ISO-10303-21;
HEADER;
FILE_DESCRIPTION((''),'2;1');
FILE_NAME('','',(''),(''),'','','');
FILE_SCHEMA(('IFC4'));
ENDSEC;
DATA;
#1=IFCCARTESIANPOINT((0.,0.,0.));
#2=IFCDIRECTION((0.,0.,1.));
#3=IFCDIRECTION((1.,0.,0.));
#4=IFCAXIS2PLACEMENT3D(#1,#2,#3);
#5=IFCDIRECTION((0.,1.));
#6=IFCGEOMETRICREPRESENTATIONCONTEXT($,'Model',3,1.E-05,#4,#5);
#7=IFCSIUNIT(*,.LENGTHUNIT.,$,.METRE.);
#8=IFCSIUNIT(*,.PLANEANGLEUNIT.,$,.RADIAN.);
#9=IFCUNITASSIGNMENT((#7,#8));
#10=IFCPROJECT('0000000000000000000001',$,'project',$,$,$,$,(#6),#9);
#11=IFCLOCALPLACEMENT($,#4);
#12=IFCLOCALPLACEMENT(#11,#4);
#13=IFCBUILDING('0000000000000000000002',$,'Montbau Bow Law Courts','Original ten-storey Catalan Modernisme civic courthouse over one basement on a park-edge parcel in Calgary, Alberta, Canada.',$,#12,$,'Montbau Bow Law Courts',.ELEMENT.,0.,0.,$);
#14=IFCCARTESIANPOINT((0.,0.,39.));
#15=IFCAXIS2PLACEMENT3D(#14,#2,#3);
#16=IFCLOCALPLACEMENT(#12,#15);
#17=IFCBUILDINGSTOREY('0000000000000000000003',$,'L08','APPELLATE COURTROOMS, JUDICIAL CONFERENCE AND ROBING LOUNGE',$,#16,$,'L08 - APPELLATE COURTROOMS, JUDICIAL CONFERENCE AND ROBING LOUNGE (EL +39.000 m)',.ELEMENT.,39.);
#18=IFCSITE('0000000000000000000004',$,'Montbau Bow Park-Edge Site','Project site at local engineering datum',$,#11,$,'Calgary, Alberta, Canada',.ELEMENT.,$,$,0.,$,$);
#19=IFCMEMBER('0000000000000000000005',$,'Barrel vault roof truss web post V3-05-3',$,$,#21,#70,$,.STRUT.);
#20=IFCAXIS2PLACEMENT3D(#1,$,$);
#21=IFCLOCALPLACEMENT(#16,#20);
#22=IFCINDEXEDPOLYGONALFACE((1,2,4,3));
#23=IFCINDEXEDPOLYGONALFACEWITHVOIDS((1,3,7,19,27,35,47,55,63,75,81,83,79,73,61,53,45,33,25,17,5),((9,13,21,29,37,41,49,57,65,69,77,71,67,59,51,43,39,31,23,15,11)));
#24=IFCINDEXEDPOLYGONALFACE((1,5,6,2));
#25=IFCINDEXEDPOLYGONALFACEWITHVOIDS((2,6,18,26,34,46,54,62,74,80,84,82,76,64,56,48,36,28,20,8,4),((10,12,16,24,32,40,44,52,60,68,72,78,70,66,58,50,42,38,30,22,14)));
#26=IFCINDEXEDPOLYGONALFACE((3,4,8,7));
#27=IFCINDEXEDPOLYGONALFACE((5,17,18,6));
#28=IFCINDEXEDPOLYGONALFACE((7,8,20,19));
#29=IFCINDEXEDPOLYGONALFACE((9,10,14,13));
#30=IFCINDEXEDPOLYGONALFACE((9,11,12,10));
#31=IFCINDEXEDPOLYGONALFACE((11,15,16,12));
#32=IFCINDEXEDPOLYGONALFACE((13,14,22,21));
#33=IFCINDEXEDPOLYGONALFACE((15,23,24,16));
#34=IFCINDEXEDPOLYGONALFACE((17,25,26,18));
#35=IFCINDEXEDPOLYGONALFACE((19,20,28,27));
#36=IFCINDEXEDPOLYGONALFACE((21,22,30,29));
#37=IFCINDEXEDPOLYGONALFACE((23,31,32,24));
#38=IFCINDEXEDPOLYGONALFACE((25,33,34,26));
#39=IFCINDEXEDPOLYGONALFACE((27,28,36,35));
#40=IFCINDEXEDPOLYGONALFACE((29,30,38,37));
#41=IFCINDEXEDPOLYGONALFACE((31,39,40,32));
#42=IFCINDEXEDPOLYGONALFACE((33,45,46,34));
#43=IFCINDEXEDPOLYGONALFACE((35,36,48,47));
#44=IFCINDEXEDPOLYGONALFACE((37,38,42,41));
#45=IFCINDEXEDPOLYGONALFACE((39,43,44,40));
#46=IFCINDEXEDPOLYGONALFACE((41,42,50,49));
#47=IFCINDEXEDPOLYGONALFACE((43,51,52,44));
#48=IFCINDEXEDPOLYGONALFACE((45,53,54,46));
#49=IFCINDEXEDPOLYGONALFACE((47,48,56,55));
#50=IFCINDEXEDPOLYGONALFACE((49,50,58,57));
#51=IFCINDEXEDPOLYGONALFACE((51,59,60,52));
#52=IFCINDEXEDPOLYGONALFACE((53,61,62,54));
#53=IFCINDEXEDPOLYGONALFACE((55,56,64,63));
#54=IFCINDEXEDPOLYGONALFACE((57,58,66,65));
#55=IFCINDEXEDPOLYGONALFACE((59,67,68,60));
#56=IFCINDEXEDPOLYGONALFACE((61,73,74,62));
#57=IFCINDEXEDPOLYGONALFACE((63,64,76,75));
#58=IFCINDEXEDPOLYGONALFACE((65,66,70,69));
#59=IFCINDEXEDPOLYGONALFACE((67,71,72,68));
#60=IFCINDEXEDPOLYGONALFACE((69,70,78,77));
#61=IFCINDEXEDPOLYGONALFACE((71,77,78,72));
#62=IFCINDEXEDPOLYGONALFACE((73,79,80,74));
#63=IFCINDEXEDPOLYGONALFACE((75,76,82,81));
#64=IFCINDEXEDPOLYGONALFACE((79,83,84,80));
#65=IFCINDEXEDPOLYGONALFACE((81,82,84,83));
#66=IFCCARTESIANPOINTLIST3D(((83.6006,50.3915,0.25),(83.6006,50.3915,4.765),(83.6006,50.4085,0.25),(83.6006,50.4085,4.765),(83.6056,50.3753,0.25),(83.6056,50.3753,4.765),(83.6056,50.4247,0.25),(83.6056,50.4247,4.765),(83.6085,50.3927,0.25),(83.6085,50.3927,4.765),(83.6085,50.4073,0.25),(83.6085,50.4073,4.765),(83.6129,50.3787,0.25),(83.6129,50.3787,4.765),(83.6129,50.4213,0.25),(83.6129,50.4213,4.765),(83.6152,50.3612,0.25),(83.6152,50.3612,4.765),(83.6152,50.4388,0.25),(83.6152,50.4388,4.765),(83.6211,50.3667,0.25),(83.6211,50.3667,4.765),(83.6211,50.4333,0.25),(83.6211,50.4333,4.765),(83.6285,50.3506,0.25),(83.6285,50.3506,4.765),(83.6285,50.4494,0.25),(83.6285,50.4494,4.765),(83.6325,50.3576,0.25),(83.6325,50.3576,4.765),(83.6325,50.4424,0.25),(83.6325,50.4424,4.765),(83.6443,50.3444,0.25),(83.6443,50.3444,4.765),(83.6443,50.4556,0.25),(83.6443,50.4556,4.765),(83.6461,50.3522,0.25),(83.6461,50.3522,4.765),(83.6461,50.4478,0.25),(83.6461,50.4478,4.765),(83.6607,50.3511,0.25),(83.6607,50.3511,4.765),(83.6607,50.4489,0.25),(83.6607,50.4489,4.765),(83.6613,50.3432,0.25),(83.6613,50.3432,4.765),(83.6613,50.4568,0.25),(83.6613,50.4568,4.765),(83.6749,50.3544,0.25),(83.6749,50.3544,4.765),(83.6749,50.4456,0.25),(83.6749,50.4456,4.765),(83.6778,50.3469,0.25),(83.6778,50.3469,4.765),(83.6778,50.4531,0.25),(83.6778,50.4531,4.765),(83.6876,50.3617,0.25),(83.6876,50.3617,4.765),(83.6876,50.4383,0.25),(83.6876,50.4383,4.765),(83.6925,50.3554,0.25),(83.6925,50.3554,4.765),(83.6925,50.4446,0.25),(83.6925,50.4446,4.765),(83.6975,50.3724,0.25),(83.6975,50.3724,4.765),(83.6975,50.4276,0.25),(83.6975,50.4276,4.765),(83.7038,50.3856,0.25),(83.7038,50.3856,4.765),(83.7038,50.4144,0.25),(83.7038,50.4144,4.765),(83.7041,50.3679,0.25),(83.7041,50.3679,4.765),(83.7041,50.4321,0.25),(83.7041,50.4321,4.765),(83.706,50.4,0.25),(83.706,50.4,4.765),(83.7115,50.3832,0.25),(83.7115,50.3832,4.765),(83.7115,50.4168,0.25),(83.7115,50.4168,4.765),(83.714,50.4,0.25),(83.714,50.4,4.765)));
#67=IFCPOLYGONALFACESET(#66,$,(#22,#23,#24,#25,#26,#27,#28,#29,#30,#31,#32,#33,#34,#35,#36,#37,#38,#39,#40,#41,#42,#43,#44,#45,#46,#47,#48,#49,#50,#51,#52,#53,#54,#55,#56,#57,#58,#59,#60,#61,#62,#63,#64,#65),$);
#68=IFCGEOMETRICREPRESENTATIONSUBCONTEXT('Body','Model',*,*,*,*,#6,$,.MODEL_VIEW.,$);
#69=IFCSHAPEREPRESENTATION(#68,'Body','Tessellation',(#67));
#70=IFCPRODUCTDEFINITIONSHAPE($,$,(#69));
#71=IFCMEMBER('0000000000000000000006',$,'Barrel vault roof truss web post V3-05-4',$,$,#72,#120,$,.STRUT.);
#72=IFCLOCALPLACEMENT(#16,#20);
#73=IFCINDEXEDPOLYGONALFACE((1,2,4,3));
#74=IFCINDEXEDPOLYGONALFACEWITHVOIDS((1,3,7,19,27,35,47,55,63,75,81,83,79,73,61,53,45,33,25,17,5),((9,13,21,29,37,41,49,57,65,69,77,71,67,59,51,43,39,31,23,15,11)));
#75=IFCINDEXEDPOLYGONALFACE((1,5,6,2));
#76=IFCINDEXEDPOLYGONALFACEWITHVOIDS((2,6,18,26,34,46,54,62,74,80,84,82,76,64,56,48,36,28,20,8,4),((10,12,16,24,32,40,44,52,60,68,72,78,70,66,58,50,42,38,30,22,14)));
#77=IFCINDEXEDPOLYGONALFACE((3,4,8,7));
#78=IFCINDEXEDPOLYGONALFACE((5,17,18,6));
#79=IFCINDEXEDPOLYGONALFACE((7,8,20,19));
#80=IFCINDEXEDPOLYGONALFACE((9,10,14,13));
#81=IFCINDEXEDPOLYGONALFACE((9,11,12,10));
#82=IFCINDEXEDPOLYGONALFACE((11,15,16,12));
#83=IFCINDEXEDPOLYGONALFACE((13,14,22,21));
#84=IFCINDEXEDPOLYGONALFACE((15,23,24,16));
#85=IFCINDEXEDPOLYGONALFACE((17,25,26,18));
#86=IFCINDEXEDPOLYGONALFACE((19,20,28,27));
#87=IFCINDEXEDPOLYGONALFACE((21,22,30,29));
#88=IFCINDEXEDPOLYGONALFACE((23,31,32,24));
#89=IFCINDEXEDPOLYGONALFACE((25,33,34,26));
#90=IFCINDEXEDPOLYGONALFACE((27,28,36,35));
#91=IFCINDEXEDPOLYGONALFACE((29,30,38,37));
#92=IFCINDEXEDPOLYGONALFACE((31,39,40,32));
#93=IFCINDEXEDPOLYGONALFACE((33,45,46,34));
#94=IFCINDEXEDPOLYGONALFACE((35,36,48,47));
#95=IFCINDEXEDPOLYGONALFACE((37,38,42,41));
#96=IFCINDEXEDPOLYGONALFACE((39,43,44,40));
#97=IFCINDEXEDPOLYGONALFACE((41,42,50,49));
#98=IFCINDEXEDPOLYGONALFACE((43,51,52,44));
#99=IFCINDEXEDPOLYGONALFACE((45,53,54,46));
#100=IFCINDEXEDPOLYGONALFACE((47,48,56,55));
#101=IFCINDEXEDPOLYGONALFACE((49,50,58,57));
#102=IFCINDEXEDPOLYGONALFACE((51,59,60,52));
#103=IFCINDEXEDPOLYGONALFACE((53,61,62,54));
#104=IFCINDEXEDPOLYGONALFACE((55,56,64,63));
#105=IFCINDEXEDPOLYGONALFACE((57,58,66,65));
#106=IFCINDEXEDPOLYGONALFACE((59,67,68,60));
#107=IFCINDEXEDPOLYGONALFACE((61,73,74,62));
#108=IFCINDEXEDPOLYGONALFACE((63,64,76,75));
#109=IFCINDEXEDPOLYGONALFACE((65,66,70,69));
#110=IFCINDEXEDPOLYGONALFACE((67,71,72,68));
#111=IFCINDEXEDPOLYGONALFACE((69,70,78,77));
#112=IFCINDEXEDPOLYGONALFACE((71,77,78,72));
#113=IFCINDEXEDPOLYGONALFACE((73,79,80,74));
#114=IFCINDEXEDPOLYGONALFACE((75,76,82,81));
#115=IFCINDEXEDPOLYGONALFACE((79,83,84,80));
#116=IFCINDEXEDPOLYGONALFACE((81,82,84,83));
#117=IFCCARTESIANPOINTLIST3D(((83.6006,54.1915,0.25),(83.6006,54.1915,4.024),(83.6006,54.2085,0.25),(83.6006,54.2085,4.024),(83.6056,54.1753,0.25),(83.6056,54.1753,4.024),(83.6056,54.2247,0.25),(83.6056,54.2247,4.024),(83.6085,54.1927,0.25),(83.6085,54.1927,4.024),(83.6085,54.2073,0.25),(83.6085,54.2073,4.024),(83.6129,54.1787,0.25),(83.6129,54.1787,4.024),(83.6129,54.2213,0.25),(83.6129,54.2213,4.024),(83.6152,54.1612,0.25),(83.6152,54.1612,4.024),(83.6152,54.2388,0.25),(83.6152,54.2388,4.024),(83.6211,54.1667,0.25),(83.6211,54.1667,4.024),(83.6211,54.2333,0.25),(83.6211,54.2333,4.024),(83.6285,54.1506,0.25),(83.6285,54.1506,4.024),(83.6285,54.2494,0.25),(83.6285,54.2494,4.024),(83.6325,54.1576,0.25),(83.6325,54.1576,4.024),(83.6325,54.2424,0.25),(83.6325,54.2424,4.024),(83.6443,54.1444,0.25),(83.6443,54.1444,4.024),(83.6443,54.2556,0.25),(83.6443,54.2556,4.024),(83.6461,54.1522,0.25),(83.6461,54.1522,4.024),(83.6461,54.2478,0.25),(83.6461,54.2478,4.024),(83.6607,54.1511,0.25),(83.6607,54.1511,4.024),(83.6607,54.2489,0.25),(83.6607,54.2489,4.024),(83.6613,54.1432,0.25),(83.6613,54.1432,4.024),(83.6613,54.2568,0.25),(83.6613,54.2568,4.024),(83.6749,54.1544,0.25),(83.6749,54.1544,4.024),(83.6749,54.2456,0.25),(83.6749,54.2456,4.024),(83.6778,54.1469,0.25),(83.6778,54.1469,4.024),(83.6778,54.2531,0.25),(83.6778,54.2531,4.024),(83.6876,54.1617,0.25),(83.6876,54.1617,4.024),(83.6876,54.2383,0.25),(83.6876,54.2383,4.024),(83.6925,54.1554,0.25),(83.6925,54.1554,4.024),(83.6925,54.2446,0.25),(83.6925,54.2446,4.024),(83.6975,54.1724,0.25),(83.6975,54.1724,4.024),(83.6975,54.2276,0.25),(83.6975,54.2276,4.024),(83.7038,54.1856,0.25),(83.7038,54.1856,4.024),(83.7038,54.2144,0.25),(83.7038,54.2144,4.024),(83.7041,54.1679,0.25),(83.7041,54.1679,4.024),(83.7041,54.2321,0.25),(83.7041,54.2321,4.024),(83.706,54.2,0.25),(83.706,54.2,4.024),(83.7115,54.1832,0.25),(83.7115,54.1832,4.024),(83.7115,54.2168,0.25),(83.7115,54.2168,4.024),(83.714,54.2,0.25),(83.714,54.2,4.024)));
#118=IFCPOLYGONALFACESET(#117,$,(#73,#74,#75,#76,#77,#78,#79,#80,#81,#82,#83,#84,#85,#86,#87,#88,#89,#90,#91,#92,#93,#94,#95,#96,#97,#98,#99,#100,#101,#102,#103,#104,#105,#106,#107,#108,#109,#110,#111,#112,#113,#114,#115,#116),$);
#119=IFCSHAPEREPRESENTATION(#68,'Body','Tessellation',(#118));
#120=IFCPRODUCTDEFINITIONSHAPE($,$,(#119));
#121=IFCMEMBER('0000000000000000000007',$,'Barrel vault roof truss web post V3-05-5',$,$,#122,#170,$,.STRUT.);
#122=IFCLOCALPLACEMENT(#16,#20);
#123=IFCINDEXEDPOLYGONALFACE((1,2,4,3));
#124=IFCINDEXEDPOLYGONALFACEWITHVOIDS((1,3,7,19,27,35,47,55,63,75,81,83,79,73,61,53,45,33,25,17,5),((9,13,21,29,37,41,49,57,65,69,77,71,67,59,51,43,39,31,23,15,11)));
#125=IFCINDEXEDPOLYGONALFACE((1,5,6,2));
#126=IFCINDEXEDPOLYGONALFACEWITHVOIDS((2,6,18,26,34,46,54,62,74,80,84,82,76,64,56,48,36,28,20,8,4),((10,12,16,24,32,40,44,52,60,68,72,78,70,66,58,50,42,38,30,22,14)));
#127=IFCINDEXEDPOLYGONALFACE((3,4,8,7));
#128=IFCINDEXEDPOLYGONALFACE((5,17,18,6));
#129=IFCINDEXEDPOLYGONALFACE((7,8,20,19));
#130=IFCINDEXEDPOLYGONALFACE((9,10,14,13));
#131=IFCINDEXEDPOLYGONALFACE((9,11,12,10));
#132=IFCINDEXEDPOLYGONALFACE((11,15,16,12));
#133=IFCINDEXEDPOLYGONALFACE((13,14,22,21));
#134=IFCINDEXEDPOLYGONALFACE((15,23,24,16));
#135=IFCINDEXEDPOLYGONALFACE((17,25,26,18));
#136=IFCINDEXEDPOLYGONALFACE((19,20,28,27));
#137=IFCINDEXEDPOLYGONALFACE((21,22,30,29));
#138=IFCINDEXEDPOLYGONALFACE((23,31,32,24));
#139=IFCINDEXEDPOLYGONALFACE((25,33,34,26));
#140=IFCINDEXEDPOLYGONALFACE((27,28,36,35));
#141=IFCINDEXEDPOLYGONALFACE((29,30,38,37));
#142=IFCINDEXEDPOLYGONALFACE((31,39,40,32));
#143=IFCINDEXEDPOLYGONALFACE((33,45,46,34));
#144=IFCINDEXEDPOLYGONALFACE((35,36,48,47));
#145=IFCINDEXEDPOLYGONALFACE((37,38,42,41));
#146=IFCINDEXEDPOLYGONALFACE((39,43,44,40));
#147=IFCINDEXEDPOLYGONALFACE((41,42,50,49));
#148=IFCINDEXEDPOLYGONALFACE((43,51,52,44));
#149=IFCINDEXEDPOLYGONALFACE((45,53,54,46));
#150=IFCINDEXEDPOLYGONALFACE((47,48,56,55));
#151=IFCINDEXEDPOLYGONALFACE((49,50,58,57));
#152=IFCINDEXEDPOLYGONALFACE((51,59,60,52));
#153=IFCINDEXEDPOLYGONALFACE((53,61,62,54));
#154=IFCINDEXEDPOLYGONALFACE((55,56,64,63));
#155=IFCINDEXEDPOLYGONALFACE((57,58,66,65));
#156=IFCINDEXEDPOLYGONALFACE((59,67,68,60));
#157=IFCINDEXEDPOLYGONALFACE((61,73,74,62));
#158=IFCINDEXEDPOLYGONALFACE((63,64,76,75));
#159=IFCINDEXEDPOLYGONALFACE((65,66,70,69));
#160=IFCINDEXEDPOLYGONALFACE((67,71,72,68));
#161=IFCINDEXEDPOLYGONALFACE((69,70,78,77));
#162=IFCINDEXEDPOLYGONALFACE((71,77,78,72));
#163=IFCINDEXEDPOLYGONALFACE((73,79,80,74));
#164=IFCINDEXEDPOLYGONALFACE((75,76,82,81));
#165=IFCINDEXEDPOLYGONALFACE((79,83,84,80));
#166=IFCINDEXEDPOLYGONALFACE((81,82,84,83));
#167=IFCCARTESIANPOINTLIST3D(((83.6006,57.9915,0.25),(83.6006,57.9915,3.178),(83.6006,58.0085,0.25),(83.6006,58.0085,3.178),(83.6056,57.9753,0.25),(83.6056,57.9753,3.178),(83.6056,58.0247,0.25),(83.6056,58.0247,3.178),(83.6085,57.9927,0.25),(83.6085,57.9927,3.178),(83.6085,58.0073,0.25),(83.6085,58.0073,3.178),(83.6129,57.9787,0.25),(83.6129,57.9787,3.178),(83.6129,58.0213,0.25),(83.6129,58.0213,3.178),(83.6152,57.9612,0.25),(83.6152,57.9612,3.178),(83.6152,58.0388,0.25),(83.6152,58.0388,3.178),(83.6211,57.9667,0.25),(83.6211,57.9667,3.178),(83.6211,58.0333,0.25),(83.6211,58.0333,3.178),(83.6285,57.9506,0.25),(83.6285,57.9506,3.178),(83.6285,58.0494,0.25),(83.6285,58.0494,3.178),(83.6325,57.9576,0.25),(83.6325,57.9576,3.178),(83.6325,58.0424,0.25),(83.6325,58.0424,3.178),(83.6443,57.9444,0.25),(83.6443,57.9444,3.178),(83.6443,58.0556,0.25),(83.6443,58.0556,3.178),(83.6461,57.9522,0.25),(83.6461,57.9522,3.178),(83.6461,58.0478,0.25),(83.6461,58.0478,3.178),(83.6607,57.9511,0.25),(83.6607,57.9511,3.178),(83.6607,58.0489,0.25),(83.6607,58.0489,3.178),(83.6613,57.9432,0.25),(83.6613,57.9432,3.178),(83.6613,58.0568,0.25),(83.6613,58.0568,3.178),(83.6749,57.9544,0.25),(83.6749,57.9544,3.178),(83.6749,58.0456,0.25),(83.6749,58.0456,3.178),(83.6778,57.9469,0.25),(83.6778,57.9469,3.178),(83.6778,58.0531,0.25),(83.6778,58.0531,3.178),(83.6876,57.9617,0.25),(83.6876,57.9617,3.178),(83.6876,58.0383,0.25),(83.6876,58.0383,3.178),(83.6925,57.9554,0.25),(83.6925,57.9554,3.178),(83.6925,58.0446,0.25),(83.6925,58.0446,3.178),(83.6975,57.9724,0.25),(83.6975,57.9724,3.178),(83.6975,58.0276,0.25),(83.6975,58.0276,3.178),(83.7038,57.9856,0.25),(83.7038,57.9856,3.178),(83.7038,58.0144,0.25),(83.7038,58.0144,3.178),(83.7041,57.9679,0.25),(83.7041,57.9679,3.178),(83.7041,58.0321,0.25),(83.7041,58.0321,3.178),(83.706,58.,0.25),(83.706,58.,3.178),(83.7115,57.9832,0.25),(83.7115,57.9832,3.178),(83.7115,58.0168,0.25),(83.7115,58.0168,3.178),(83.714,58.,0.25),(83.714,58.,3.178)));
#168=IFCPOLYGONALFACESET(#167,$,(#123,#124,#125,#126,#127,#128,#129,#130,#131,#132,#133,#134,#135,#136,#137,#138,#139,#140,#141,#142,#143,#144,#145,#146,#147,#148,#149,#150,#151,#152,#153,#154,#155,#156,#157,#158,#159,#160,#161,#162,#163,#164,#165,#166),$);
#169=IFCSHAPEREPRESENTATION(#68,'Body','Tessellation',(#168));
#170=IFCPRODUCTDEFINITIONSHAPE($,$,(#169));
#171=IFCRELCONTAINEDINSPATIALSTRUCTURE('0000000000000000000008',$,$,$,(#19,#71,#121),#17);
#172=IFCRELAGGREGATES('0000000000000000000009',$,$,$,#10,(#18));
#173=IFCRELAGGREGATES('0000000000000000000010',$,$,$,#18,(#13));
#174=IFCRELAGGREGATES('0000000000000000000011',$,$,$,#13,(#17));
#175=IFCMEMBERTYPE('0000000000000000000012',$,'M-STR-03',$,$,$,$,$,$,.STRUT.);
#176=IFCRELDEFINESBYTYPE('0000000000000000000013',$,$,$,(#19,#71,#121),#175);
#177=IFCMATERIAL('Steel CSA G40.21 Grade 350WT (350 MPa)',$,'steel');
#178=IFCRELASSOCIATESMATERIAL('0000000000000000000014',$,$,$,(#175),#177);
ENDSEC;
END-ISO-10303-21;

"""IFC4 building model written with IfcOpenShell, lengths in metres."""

from ifc_helpers import new_model, si_unit, direction, frame, origin_with_axes, origin_2d_with_axis, place, context, subcontext, project, spatial, hollow_circle, extrude, material, material_profile, profile_set, type_object, element, save


model = new_model("IFC4")

# Units and contexts
model_context = context("Model", 3, precision=1e-05, world=origin_with_axes(), true_north=direction((0.0, 1.0)))
body_context = subcontext(model_context, "Body", "Model", "MODEL_VIEW")
ifc_project = project(units=[si_unit("LENGTHUNIT", "METRE"), si_unit("PLANEANGLEUNIT", "RADIAN")], contexts=[model_context])

# Site, building, storey
site_placement = place(None, origin_with_axes())
site = spatial("IfcSite", under=ifc_project, at=site_placement, Name="Montbau Bow Park-Edge Site", Description="Project site at local engineering datum", LongName="Calgary, Alberta, Canada", CompositionType="ELEMENT", RefElevation=0.0)
building_placement = place(site_placement, origin_with_axes())
building = spatial("IfcBuilding", under=site, at=building_placement, Name="Montbau Bow Law Courts", Description="Original ten-storey Catalan Modernisme civic courthouse over one basement on a park-edge parcel in Calgary, Alberta, Canada.", LongName="Montbau Bow Law Courts", CompositionType="ELEMENT", ElevationOfRefHeight=0.0, ElevationOfTerrain=0.0)
storey_placement = place(building_placement, frame((0.0, 0.0, 39.0), z_axis=(0.0, 0.0, 1.0), x_axis=(1.0, 0.0, 0.0)))
storey = spatial("IfcBuildingStorey", under=building, at=storey_placement, Name="L08", Description="APPELLATE COURTROOMS, JUDICIAL CONFERENCE AND ROBING LOUNGE", LongName="L08 - APPELLATE COURTROOMS, JUDICIAL CONFERENCE AND ROBING LOUNGE (EL +39.000 m)", CompositionType="ELEMENT", Elevation=39.0)

# Shared definitions
ifc_material_1 = material(Name="Steel CSA G40.21 Grade 350WT (350 MPa)", Category="steel")

# Members
ifc_material_profile_1 = material_profile(ifc_material_1, hollow_circle(Radius=0.057, WallThickness=0.008, at=origin_2d_with_axis()), Name="HSS114X8.0", Category="Main", Priority=0)
ifc_profile_set_1 = profile_set([ifc_material_profile_1], Name="Steel CSA G40.21 Grade 350WT (350 MPa)")
member_type_1 = type_object("IfcMemberType", Name="M-STR-03", PredefinedType="STRUT", material=ifc_profile_set_1)
member_1_placement = place(None, frame((83.657, 50.4, 39.25), z_axis=(0.0, 0.0, 1.0), x_axis=(1.0, 0.0, 0.0)))
element("IfcMember", 1, at=member_1_placement, inside=storey, type_object=member_type_1, Name="Barrel vault roof truss web post V3-05-3", PredefinedType="STRUT", context=body_context, shape_type="SweptSolid", body=[
    extrude(hollow_circle(Radius=0.057, WallThickness=0.008, at=origin_2d_with_axis()), origin_with_axes(), (0.0, 0.0, 1.0), 4.515),
])
member_2_placement = place(None, frame((83.657, 54.2, 39.25), z_axis=(0.0, 0.0, 1.0), x_axis=(1.0, 0.0, 0.0)))
element("IfcMember", 2, at=member_2_placement, inside=storey, type_object=member_type_1, Name="Barrel vault roof truss web post V3-05-4", PredefinedType="STRUT", context=body_context, shape_type="SweptSolid", body=[
    extrude(hollow_circle(Radius=0.057, WallThickness=0.008, at=origin_2d_with_axis()), origin_with_axes(), (0.0, 0.0, 1.0), 3.774),
])
member_3_placement = place(None, frame((83.657, 58.0, 39.25), z_axis=(0.0, 0.0, 1.0), x_axis=(1.0, 0.0, 0.0)))
element("IfcMember", 3, at=member_3_placement, inside=storey, type_object=member_type_1, Name="Barrel vault roof truss web post V3-05-5", PredefinedType="STRUT", context=body_context, shape_type="SweptSolid", body=[
    extrude(hollow_circle(Radius=0.057, WallThickness=0.008, at=origin_2d_with_axis()), origin_with_axes(), (0.0, 0.0, 1.0), 2.928),
])

save(model, "model.ifc")
